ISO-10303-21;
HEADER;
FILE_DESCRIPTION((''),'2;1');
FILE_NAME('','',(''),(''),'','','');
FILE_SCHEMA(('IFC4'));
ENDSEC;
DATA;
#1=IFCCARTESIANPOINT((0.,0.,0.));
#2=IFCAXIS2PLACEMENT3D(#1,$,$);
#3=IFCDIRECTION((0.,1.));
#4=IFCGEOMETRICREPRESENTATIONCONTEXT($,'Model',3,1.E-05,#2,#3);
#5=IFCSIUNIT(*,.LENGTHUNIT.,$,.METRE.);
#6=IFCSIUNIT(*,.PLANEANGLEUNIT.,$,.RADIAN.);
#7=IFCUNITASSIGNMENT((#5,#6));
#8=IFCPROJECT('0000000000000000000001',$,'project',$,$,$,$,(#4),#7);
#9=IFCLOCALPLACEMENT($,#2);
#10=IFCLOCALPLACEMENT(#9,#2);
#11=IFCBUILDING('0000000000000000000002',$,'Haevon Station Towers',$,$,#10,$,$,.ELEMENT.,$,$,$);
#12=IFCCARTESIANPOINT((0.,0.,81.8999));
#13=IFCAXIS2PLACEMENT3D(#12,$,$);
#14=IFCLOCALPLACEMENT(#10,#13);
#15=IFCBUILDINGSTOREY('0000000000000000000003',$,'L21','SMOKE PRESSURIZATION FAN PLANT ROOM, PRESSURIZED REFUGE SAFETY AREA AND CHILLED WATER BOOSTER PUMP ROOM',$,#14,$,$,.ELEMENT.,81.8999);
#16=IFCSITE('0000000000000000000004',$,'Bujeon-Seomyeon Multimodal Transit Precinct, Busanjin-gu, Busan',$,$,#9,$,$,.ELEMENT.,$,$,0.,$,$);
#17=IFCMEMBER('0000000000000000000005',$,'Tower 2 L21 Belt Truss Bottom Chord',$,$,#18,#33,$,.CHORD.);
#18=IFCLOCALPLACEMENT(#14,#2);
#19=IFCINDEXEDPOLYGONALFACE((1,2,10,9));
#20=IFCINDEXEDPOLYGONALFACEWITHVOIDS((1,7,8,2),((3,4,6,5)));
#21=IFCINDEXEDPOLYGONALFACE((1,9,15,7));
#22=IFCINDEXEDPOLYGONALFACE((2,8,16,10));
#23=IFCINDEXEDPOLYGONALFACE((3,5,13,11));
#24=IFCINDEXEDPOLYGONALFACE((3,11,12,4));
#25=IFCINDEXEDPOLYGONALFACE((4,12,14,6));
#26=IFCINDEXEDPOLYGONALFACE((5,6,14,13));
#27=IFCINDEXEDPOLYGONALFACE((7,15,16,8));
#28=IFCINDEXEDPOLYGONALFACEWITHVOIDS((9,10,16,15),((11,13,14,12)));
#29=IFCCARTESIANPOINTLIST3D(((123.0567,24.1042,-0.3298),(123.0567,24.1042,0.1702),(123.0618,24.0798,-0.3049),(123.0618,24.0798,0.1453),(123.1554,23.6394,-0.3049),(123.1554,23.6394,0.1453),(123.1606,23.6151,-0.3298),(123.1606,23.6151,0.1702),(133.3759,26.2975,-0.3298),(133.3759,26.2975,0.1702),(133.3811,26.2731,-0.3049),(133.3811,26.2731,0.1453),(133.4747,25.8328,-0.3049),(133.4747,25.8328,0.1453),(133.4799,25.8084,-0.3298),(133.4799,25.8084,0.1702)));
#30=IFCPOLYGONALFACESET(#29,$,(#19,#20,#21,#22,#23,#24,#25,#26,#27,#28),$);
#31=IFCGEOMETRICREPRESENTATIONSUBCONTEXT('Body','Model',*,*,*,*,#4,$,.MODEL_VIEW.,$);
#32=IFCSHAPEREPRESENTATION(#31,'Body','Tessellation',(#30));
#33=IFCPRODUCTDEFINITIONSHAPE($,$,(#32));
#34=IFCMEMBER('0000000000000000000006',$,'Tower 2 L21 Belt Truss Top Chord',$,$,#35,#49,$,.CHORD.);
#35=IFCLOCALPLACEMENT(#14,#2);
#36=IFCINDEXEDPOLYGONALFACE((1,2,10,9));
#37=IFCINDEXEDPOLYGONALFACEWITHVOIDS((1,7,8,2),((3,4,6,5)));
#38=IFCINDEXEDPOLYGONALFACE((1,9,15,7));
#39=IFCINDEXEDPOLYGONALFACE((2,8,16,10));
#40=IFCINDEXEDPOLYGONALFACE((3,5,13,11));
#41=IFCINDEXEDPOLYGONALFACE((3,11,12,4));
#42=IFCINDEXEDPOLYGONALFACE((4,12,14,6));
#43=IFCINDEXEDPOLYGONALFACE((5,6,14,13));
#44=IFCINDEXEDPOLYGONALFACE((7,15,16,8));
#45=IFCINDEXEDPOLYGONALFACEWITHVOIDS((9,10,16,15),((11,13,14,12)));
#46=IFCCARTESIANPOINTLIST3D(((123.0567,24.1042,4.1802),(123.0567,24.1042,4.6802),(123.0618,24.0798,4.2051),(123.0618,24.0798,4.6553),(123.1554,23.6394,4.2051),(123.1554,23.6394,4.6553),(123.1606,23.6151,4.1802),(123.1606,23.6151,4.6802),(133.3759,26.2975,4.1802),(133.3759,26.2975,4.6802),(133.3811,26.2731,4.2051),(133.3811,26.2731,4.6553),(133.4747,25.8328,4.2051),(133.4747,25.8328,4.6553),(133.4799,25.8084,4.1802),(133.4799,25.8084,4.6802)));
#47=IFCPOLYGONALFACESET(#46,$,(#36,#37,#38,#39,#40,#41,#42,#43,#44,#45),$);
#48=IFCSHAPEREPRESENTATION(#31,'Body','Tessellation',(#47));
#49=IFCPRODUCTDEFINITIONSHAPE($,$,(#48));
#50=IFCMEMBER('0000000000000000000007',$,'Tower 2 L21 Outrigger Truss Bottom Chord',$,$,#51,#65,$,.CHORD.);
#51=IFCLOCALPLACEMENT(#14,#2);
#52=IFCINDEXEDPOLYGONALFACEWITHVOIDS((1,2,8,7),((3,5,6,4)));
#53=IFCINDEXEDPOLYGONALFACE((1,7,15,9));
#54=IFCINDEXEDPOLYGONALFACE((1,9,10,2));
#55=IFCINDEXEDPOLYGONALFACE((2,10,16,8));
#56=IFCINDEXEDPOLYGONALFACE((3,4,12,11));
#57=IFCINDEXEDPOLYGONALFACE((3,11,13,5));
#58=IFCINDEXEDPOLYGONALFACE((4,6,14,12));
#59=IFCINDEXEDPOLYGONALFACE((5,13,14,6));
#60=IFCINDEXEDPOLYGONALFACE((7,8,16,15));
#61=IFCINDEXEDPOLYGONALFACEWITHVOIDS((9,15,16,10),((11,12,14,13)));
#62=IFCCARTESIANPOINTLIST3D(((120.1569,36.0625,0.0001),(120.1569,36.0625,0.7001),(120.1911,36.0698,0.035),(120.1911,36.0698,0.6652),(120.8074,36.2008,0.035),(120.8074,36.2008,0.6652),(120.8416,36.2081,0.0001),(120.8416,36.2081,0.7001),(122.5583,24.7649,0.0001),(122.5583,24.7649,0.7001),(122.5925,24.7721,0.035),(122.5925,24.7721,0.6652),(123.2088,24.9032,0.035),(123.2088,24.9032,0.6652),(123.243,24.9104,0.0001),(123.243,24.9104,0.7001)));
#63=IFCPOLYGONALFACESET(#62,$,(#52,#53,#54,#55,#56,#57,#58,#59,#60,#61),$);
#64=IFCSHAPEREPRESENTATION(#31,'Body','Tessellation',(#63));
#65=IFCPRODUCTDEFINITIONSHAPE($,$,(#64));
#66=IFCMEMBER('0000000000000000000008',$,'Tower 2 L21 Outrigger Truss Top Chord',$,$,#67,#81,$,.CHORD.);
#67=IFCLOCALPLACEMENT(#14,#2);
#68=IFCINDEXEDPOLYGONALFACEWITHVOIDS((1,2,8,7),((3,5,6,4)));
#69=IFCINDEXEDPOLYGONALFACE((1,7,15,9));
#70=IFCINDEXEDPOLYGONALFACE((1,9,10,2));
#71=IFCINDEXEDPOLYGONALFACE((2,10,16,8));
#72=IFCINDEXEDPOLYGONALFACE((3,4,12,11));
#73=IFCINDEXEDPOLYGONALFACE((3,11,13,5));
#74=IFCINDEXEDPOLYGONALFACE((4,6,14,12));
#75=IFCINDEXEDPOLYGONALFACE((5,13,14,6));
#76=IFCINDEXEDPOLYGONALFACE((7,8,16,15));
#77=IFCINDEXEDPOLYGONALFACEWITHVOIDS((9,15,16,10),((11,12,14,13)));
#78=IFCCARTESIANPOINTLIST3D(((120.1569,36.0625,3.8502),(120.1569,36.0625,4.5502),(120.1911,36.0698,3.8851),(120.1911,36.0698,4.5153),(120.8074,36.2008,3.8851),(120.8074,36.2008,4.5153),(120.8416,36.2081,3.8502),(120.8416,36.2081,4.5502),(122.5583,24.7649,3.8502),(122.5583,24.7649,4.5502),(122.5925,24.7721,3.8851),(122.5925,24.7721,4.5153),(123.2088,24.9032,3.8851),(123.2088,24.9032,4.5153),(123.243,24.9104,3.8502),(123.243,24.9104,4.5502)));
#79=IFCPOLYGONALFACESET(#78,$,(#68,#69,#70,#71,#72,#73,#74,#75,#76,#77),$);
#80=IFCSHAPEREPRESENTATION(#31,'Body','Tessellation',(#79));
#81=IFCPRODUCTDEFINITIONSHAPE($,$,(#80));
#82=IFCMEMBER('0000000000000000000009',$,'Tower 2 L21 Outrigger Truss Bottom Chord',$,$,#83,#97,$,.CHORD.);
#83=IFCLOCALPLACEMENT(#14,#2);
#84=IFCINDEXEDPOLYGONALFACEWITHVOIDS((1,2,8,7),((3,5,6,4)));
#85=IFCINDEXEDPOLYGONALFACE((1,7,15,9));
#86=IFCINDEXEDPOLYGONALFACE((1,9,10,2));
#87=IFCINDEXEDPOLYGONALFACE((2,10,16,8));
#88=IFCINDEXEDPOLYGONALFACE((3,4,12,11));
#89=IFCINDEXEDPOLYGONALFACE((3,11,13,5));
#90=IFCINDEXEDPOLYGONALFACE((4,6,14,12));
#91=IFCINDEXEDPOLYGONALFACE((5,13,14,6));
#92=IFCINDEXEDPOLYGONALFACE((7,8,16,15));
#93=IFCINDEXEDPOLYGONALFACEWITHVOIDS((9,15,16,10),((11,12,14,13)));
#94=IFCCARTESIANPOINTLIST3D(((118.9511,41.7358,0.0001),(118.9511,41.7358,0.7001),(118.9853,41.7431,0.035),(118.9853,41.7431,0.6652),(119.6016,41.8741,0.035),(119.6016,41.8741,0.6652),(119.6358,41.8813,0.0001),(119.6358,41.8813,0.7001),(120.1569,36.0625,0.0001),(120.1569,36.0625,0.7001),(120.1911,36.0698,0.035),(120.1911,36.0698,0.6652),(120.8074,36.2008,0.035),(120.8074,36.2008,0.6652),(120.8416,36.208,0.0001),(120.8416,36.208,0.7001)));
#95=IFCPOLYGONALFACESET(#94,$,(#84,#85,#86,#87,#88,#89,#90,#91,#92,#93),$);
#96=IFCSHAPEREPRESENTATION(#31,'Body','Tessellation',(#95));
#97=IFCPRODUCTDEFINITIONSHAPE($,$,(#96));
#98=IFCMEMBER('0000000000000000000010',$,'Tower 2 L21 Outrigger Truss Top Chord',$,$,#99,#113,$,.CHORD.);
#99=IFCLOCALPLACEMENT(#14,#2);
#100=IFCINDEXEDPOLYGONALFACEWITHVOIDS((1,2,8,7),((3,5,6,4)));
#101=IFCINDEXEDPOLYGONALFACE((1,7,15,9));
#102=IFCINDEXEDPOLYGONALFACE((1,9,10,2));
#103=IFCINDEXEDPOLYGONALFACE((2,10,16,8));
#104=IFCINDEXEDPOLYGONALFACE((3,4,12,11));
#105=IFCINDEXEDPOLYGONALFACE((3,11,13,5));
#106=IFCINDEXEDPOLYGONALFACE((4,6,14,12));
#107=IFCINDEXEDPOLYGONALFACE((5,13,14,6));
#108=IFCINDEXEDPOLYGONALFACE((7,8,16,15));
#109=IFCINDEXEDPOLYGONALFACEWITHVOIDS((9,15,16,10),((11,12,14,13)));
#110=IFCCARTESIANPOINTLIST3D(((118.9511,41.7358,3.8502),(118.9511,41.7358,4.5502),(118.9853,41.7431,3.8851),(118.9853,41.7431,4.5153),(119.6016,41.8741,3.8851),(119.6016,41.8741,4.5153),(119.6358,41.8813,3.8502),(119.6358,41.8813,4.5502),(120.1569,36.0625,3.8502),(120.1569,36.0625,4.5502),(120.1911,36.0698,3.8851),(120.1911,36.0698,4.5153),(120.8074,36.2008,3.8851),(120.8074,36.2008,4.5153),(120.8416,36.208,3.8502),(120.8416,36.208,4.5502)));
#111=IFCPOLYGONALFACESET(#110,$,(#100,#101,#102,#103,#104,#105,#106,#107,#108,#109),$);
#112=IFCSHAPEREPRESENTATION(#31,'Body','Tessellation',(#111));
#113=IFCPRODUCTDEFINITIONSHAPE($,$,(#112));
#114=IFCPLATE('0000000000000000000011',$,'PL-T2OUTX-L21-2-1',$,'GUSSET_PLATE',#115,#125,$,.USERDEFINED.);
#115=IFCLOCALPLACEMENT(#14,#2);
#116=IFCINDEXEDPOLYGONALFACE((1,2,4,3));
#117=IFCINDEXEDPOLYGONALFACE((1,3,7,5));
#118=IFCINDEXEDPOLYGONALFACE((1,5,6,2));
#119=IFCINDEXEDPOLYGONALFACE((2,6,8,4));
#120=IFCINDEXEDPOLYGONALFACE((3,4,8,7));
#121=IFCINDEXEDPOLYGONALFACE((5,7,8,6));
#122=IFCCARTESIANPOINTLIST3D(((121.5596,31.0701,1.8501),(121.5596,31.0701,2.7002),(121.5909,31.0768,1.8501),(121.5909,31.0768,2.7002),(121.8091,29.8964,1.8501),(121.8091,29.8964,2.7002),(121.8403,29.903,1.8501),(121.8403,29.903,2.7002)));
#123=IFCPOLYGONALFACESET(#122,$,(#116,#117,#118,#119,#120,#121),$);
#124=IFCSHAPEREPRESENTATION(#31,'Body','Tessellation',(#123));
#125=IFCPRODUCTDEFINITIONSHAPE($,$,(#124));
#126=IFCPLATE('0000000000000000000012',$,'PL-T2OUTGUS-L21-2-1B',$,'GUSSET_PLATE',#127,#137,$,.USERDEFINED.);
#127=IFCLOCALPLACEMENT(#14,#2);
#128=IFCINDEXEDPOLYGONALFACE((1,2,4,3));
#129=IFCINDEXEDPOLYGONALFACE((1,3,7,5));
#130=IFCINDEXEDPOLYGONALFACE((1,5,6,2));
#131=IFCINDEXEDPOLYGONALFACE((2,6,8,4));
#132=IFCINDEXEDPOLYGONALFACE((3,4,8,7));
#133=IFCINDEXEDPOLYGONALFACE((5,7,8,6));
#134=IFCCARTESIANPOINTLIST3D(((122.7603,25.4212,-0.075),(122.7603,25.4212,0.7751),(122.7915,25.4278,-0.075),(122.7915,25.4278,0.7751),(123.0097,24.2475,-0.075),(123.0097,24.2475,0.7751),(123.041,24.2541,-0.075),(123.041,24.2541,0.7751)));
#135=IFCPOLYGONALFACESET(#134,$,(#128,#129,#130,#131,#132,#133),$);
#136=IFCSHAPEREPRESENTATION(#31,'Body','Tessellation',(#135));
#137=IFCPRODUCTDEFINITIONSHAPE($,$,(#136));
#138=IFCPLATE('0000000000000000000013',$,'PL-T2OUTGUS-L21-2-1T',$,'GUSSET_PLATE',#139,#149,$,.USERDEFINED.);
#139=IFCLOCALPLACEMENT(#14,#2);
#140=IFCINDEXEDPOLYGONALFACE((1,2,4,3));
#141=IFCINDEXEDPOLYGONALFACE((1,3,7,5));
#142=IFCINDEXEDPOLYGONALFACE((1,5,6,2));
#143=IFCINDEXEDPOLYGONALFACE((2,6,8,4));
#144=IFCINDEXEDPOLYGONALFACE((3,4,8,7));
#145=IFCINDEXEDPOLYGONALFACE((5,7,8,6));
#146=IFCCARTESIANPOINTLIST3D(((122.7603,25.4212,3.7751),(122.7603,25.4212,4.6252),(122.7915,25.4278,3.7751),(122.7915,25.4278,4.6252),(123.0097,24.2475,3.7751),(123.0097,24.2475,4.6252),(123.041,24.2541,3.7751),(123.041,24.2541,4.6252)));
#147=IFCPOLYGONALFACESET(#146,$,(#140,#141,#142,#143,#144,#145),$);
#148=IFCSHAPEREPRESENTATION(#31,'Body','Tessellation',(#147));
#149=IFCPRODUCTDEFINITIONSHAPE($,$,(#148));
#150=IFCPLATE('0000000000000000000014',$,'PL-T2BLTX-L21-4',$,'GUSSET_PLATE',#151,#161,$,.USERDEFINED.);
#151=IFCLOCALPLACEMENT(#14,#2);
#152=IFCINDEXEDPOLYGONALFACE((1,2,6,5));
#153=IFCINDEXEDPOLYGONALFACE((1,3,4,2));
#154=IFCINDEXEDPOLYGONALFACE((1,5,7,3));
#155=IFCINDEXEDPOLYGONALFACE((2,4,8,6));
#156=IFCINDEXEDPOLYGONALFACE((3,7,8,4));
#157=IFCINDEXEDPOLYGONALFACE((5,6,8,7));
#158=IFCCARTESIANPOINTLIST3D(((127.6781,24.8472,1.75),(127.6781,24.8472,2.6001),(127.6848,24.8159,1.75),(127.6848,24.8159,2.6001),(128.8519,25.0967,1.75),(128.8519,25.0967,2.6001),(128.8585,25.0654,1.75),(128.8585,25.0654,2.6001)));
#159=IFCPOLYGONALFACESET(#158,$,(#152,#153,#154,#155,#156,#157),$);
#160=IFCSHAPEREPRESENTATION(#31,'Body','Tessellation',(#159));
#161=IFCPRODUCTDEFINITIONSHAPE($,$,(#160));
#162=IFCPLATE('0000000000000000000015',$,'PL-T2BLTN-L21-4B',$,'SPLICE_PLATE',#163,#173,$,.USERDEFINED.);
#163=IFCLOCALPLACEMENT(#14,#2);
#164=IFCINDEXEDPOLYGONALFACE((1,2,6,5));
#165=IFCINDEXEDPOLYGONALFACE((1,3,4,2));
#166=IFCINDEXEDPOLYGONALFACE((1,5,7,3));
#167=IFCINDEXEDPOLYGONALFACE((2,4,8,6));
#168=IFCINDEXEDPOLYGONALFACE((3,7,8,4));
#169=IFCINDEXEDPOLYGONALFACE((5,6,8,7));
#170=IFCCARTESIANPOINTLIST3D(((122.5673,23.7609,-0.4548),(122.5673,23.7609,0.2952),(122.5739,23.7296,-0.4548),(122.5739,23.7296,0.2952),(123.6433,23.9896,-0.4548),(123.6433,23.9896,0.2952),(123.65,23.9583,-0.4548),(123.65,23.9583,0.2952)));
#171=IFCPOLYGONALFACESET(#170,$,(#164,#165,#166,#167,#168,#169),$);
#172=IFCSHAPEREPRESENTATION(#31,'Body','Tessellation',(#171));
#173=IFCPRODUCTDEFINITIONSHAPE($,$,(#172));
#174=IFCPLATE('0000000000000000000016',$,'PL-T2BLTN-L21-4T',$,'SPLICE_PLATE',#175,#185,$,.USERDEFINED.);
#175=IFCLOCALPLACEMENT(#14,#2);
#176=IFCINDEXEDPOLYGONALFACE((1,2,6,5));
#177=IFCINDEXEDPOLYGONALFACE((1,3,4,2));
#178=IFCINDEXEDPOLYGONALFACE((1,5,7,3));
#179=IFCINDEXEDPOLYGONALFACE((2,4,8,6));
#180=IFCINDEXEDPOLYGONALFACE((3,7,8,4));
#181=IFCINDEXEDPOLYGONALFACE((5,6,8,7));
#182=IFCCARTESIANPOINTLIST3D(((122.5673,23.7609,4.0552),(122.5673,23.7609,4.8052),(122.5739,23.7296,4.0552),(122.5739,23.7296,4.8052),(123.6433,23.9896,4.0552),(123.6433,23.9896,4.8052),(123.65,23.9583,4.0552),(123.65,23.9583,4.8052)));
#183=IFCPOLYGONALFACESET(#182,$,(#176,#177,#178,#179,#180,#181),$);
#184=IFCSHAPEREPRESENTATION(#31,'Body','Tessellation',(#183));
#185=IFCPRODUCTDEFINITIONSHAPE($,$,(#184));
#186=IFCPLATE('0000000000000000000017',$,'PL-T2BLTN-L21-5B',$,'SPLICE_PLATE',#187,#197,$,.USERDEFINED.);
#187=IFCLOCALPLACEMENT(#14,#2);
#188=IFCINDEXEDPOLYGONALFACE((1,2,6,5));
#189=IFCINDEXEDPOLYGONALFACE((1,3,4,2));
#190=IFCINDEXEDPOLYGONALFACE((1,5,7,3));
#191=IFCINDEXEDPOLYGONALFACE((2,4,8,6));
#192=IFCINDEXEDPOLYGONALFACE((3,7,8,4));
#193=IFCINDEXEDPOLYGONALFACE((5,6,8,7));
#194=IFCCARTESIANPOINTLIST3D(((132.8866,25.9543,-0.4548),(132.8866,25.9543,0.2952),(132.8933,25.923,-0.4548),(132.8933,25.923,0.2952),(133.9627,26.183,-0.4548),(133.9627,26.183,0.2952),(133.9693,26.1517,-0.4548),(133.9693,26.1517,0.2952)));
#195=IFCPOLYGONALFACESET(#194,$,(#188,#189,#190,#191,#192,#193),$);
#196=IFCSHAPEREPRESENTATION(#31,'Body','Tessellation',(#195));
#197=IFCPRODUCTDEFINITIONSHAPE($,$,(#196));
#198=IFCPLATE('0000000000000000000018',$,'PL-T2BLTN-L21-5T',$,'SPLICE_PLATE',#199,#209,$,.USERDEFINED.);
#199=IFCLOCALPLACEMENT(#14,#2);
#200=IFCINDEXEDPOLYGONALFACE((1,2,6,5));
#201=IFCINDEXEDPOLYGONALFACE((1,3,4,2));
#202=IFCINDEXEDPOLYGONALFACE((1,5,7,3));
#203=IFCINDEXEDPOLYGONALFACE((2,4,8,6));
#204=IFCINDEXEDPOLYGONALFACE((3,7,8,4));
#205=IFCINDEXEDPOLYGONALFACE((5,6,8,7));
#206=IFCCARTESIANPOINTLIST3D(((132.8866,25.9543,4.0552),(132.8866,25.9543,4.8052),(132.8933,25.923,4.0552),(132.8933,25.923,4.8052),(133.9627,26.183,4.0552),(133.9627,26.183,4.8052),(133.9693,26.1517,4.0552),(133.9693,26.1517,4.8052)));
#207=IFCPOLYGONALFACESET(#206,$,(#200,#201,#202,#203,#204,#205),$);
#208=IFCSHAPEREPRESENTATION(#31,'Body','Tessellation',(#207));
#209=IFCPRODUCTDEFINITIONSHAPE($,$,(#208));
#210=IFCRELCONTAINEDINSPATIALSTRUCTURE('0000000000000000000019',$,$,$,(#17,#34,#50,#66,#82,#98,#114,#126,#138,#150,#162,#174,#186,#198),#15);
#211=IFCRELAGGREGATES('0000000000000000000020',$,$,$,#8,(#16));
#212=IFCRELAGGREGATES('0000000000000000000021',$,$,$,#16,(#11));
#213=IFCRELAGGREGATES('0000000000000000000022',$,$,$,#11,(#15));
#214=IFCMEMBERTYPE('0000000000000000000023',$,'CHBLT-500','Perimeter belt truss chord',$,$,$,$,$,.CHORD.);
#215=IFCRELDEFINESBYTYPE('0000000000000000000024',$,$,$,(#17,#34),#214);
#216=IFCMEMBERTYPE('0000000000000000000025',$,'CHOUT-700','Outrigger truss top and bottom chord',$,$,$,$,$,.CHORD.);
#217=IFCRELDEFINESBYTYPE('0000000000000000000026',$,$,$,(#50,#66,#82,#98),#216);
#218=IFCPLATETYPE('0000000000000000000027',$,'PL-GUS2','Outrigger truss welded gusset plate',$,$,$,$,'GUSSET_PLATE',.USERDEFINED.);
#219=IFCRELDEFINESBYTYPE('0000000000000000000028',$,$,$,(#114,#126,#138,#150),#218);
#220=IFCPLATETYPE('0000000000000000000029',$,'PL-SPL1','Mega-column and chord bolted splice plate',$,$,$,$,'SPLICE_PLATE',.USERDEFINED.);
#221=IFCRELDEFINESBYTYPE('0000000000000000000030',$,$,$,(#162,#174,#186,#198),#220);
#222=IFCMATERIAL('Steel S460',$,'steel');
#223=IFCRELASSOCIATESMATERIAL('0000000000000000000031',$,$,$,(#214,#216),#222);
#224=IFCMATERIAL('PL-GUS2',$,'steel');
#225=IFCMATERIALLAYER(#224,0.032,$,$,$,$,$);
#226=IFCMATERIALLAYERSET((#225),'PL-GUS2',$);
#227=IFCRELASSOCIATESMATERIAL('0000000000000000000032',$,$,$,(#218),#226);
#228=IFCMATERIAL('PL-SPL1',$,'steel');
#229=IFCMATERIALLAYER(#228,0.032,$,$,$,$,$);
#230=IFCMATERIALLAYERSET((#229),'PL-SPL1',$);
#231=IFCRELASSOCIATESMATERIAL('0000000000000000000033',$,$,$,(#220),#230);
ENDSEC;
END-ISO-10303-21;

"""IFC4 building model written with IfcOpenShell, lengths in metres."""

from ifc_helpers import new_model, si_unit, direction, frame, origin, origin_2d, place, context, subcontext, project, spatial, rectangle, hollow_rectangle, extrude, material, layer, layer_set, material_profile, profile_set, type_object, element, save


model = new_model("IFC4")

# Units and contexts
model_context = context("Model", 3, precision=1e-05, world=origin(), true_north=direction((0.0, 1.0)))
body_context = subcontext(model_context, "Body", "Model", "MODEL_VIEW")
ifc_project = project(units=[si_unit("LENGTHUNIT", "METRE"), si_unit("PLANEANGLEUNIT", "RADIAN")], contexts=[model_context])

# Site, building, storey
site_placement = place(None, origin())
site = spatial("IfcSite", under=ifc_project, at=site_placement, Name="Bujeon-Seomyeon Multimodal Transit Precinct, Busanjin-gu, Busan", CompositionType="ELEMENT", RefElevation=0.0)
building_placement = place(site_placement, origin())
building = spatial("IfcBuilding", under=site, at=building_placement, Name="Haevon Station Towers", CompositionType="ELEMENT")
storey_placement = place(building_placement, frame((0.0, 0.0, 81.8999)))
storey = spatial("IfcBuildingStorey", under=building, at=storey_placement, Name="L21", Description="SMOKE PRESSURIZATION FAN PLANT ROOM, PRESSURIZED REFUGE SAFETY AREA AND CHILLED WATER BOOSTER PUMP ROOM", CompositionType="ELEMENT", Elevation=81.8999)

# Shared definitions
ifc_material_1 = material(Name="Steel S460", Category="steel")

# Members
ifc_material_profile_1 = material_profile(ifc_material_1, hollow_rectangle(XDim=0.5, YDim=0.5, WallThickness=0.0249, at=origin_2d()), Name="RHS-500x500x25")
ifc_profile_set_1 = profile_set([ifc_material_profile_1], Name="Steel S460")
member_type_1 = type_object("IfcMemberType", Name="CHBLT-500", Description="Perimeter belt truss chord", PredefinedType="CHORD", material=ifc_profile_set_1)
for number, where, z_axis, x_axis, name in (
    (1, (123.1086, 23.8596, -0.0798), (0.978149, 0.207904, 0.0), (-0.207904, 0.978149, 0.0), "Tower 2 L21 Belt Truss Bottom Chord"),
    (2, (123.1086, 23.8596, 4.4302), (0.978149, 0.207904, 0.0), (-0.207904, 0.978149, 0.0), "Tower 2 L21 Belt Truss Top Chord"),
):
    element("IfcMember", number, at=place(storey_placement, frame(where, z_axis=z_axis, x_axis=x_axis)), inside=storey, type_object=member_type_1, Name=name, PredefinedType="CHORD", context=body_context, shape_type="SweptSolid", body=[
        extrude(hollow_rectangle(XDim=0.5, YDim=0.5, WallThickness=0.0249, at=origin_2d()), origin(), (0.0, 0.0, 1.0), 10.5498),
    ])
ifc_material_profile_2 = material_profile(ifc_material_1, hollow_rectangle(XDim=0.7, YDim=0.7, WallThickness=0.0349, at=origin_2d()), Name="RHS-700x700x35")
ifc_profile_set_2 = profile_set([ifc_material_profile_2], Name="Steel S460")
member_type_2 = type_object("IfcMemberType", Name="CHOUT-700", Description="Outrigger truss top and bottom chord", PredefinedType="CHORD", material=ifc_profile_set_2)
for number, where, z_axis, x_axis, name in (
    (3, (122.9006, 24.8376, 0.3501), (-0.207911, 0.978148, 0.0), (-0.978148, -0.207911, 0.0), "Tower 2 L21 Outrigger Truss Bottom Chord"),
    (4, (122.9006, 24.8376, 4.2002), (-0.207911, 0.978148, 0.0), (-0.978148, -0.207911, 0.0), "Tower 2 L21 Outrigger Truss Top Chord"),
):
    element("IfcMember", number, at=place(storey_placement, frame(where, z_axis=z_axis, x_axis=x_axis)), inside=storey, type_object=member_type_2, Name=name, PredefinedType="CHORD", context=body_context, shape_type="SweptSolid", body=[
        extrude(hollow_rectangle(XDim=0.7, YDim=0.7, WallThickness=0.0349, at=origin_2d()), origin(), (0.0, 0.0, 1.0), 11.55),
    ])
for number, where, z_axis, x_axis, name in (
    (5, (120.4993, 36.1353, 0.3501), (-0.207896, 0.978151, 0.0), (-0.978151, -0.207896, 0.0), "Tower 2 L21 Outrigger Truss Bottom Chord"),
    (6, (120.4993, 36.1353, 4.2002), (-0.207896, 0.978151, 0.0), (-0.978151, -0.207896, 0.0), "Tower 2 L21 Outrigger Truss Top Chord"),
):
    element("IfcMember", number, at=place(storey_placement, frame(where, z_axis=z_axis, x_axis=x_axis)), inside=storey, type_object=member_type_2, Name=name, PredefinedType="CHORD", context=body_context, shape_type="SweptSolid", body=[
        extrude(hollow_rectangle(XDim=0.7, YDim=0.7, WallThickness=0.0349, at=origin_2d()), origin(), (0.0, 0.0, 1.0), 5.8),
    ])

# Plates
ifc_material_2 = material(Name="PL-GUS2", Category="steel")
ifc_layer_1 = layer(ifc_material_2, 0.032)
ifc_layer_set_1 = layer_set([ifc_layer_1], Name="PL-GUS2")
plate_type_1 = type_object("IfcPlateType", Name="PL-GUS2", Description="Outrigger truss welded gusset plate", ElementType="GUSSET_PLATE", PredefinedType="USERDEFINED", material=ifc_layer_set_1)
for number, where, z_axis, x_axis, name in (
    (7, (121.7, 30.4866, 1.8501), (0.0, 0.0, 1.0), (-0.207912, 0.978148, 0.0), "PL-T2OUTX-L21-2-1"),
    (8, (122.9006, 24.8376, -0.075), (0.0, 0.0, 1.0), (-0.207912, 0.978148, 0.0), "PL-T2OUTGUS-L21-2-1B"),
    (9, (122.9006, 24.8376, 3.7751), (0.0, 0.0, 1.0), (-0.207912, 0.978148, 0.0), "PL-T2OUTGUS-L21-2-1T"),
    (10, (128.2683, 24.9563, 1.75), (0.0, 0.0, 1.0), (0.978148, 0.207912, 0.0), "PL-T2BLTX-L21-4"),
):
    element("IfcPlate", number, at=place(storey_placement, frame(where, z_axis=z_axis, x_axis=x_axis)), inside=storey, type_object=plate_type_1, Name=name, ObjectType="GUSSET_PLATE", PredefinedType="USERDEFINED", context=body_context, shape_type="SweptSolid", body=[
        extrude(rectangle(XDim=1.2, YDim=0.032, at=origin_2d()), origin(), (0.0, 0.0, 1.0), 0.8501),
    ])
ifc_material_3 = material(Name="PL-SPL1", Category="steel")
ifc_layer_2 = layer(ifc_material_3, 0.032)
ifc_layer_set_2 = layer_set([ifc_layer_2], Name="PL-SPL1")
plate_type_2 = type_object("IfcPlateType", Name="PL-SPL1", Description="Mega-column and chord bolted splice plate", ElementType="SPLICE_PLATE", PredefinedType="USERDEFINED", material=ifc_layer_set_2)
for number, where, z_axis, x_axis, name in (
    (11, (123.1086, 23.8596, -0.4548), (0.0, 0.0, 1.0), (0.978148, 0.207912, 0.0), "PL-T2BLTN-L21-4B"),
    (12, (123.1086, 23.8596, 4.0552), (0.0, 0.0, 1.0), (0.978148, 0.207912, 0.0), "PL-T2BLTN-L21-4T"),
    (13, (133.428, 26.053, -0.4548), (0.0, 0.0, 1.0), (0.978148, 0.207912, 0.0), "PL-T2BLTN-L21-5B"),
    (14, (133.428, 26.053, 4.0552), (0.0, 0.0, 1.0), (0.978148, 0.207912, 0.0), "PL-T2BLTN-L21-5T"),
):
    element("IfcPlate", number, at=place(storey_placement, frame(where, z_axis=z_axis, x_axis=x_axis)), inside=storey, type_object=plate_type_2, Name=name, ObjectType="SPLICE_PLATE", PredefinedType="USERDEFINED", context=body_context, shape_type="SweptSolid", body=[
        extrude(rectangle(XDim=1.1001, YDim=0.032, at=origin_2d()), origin(), (0.0, 0.0, 1.0), 0.75),
    ])

save(model, "model.ifc")
